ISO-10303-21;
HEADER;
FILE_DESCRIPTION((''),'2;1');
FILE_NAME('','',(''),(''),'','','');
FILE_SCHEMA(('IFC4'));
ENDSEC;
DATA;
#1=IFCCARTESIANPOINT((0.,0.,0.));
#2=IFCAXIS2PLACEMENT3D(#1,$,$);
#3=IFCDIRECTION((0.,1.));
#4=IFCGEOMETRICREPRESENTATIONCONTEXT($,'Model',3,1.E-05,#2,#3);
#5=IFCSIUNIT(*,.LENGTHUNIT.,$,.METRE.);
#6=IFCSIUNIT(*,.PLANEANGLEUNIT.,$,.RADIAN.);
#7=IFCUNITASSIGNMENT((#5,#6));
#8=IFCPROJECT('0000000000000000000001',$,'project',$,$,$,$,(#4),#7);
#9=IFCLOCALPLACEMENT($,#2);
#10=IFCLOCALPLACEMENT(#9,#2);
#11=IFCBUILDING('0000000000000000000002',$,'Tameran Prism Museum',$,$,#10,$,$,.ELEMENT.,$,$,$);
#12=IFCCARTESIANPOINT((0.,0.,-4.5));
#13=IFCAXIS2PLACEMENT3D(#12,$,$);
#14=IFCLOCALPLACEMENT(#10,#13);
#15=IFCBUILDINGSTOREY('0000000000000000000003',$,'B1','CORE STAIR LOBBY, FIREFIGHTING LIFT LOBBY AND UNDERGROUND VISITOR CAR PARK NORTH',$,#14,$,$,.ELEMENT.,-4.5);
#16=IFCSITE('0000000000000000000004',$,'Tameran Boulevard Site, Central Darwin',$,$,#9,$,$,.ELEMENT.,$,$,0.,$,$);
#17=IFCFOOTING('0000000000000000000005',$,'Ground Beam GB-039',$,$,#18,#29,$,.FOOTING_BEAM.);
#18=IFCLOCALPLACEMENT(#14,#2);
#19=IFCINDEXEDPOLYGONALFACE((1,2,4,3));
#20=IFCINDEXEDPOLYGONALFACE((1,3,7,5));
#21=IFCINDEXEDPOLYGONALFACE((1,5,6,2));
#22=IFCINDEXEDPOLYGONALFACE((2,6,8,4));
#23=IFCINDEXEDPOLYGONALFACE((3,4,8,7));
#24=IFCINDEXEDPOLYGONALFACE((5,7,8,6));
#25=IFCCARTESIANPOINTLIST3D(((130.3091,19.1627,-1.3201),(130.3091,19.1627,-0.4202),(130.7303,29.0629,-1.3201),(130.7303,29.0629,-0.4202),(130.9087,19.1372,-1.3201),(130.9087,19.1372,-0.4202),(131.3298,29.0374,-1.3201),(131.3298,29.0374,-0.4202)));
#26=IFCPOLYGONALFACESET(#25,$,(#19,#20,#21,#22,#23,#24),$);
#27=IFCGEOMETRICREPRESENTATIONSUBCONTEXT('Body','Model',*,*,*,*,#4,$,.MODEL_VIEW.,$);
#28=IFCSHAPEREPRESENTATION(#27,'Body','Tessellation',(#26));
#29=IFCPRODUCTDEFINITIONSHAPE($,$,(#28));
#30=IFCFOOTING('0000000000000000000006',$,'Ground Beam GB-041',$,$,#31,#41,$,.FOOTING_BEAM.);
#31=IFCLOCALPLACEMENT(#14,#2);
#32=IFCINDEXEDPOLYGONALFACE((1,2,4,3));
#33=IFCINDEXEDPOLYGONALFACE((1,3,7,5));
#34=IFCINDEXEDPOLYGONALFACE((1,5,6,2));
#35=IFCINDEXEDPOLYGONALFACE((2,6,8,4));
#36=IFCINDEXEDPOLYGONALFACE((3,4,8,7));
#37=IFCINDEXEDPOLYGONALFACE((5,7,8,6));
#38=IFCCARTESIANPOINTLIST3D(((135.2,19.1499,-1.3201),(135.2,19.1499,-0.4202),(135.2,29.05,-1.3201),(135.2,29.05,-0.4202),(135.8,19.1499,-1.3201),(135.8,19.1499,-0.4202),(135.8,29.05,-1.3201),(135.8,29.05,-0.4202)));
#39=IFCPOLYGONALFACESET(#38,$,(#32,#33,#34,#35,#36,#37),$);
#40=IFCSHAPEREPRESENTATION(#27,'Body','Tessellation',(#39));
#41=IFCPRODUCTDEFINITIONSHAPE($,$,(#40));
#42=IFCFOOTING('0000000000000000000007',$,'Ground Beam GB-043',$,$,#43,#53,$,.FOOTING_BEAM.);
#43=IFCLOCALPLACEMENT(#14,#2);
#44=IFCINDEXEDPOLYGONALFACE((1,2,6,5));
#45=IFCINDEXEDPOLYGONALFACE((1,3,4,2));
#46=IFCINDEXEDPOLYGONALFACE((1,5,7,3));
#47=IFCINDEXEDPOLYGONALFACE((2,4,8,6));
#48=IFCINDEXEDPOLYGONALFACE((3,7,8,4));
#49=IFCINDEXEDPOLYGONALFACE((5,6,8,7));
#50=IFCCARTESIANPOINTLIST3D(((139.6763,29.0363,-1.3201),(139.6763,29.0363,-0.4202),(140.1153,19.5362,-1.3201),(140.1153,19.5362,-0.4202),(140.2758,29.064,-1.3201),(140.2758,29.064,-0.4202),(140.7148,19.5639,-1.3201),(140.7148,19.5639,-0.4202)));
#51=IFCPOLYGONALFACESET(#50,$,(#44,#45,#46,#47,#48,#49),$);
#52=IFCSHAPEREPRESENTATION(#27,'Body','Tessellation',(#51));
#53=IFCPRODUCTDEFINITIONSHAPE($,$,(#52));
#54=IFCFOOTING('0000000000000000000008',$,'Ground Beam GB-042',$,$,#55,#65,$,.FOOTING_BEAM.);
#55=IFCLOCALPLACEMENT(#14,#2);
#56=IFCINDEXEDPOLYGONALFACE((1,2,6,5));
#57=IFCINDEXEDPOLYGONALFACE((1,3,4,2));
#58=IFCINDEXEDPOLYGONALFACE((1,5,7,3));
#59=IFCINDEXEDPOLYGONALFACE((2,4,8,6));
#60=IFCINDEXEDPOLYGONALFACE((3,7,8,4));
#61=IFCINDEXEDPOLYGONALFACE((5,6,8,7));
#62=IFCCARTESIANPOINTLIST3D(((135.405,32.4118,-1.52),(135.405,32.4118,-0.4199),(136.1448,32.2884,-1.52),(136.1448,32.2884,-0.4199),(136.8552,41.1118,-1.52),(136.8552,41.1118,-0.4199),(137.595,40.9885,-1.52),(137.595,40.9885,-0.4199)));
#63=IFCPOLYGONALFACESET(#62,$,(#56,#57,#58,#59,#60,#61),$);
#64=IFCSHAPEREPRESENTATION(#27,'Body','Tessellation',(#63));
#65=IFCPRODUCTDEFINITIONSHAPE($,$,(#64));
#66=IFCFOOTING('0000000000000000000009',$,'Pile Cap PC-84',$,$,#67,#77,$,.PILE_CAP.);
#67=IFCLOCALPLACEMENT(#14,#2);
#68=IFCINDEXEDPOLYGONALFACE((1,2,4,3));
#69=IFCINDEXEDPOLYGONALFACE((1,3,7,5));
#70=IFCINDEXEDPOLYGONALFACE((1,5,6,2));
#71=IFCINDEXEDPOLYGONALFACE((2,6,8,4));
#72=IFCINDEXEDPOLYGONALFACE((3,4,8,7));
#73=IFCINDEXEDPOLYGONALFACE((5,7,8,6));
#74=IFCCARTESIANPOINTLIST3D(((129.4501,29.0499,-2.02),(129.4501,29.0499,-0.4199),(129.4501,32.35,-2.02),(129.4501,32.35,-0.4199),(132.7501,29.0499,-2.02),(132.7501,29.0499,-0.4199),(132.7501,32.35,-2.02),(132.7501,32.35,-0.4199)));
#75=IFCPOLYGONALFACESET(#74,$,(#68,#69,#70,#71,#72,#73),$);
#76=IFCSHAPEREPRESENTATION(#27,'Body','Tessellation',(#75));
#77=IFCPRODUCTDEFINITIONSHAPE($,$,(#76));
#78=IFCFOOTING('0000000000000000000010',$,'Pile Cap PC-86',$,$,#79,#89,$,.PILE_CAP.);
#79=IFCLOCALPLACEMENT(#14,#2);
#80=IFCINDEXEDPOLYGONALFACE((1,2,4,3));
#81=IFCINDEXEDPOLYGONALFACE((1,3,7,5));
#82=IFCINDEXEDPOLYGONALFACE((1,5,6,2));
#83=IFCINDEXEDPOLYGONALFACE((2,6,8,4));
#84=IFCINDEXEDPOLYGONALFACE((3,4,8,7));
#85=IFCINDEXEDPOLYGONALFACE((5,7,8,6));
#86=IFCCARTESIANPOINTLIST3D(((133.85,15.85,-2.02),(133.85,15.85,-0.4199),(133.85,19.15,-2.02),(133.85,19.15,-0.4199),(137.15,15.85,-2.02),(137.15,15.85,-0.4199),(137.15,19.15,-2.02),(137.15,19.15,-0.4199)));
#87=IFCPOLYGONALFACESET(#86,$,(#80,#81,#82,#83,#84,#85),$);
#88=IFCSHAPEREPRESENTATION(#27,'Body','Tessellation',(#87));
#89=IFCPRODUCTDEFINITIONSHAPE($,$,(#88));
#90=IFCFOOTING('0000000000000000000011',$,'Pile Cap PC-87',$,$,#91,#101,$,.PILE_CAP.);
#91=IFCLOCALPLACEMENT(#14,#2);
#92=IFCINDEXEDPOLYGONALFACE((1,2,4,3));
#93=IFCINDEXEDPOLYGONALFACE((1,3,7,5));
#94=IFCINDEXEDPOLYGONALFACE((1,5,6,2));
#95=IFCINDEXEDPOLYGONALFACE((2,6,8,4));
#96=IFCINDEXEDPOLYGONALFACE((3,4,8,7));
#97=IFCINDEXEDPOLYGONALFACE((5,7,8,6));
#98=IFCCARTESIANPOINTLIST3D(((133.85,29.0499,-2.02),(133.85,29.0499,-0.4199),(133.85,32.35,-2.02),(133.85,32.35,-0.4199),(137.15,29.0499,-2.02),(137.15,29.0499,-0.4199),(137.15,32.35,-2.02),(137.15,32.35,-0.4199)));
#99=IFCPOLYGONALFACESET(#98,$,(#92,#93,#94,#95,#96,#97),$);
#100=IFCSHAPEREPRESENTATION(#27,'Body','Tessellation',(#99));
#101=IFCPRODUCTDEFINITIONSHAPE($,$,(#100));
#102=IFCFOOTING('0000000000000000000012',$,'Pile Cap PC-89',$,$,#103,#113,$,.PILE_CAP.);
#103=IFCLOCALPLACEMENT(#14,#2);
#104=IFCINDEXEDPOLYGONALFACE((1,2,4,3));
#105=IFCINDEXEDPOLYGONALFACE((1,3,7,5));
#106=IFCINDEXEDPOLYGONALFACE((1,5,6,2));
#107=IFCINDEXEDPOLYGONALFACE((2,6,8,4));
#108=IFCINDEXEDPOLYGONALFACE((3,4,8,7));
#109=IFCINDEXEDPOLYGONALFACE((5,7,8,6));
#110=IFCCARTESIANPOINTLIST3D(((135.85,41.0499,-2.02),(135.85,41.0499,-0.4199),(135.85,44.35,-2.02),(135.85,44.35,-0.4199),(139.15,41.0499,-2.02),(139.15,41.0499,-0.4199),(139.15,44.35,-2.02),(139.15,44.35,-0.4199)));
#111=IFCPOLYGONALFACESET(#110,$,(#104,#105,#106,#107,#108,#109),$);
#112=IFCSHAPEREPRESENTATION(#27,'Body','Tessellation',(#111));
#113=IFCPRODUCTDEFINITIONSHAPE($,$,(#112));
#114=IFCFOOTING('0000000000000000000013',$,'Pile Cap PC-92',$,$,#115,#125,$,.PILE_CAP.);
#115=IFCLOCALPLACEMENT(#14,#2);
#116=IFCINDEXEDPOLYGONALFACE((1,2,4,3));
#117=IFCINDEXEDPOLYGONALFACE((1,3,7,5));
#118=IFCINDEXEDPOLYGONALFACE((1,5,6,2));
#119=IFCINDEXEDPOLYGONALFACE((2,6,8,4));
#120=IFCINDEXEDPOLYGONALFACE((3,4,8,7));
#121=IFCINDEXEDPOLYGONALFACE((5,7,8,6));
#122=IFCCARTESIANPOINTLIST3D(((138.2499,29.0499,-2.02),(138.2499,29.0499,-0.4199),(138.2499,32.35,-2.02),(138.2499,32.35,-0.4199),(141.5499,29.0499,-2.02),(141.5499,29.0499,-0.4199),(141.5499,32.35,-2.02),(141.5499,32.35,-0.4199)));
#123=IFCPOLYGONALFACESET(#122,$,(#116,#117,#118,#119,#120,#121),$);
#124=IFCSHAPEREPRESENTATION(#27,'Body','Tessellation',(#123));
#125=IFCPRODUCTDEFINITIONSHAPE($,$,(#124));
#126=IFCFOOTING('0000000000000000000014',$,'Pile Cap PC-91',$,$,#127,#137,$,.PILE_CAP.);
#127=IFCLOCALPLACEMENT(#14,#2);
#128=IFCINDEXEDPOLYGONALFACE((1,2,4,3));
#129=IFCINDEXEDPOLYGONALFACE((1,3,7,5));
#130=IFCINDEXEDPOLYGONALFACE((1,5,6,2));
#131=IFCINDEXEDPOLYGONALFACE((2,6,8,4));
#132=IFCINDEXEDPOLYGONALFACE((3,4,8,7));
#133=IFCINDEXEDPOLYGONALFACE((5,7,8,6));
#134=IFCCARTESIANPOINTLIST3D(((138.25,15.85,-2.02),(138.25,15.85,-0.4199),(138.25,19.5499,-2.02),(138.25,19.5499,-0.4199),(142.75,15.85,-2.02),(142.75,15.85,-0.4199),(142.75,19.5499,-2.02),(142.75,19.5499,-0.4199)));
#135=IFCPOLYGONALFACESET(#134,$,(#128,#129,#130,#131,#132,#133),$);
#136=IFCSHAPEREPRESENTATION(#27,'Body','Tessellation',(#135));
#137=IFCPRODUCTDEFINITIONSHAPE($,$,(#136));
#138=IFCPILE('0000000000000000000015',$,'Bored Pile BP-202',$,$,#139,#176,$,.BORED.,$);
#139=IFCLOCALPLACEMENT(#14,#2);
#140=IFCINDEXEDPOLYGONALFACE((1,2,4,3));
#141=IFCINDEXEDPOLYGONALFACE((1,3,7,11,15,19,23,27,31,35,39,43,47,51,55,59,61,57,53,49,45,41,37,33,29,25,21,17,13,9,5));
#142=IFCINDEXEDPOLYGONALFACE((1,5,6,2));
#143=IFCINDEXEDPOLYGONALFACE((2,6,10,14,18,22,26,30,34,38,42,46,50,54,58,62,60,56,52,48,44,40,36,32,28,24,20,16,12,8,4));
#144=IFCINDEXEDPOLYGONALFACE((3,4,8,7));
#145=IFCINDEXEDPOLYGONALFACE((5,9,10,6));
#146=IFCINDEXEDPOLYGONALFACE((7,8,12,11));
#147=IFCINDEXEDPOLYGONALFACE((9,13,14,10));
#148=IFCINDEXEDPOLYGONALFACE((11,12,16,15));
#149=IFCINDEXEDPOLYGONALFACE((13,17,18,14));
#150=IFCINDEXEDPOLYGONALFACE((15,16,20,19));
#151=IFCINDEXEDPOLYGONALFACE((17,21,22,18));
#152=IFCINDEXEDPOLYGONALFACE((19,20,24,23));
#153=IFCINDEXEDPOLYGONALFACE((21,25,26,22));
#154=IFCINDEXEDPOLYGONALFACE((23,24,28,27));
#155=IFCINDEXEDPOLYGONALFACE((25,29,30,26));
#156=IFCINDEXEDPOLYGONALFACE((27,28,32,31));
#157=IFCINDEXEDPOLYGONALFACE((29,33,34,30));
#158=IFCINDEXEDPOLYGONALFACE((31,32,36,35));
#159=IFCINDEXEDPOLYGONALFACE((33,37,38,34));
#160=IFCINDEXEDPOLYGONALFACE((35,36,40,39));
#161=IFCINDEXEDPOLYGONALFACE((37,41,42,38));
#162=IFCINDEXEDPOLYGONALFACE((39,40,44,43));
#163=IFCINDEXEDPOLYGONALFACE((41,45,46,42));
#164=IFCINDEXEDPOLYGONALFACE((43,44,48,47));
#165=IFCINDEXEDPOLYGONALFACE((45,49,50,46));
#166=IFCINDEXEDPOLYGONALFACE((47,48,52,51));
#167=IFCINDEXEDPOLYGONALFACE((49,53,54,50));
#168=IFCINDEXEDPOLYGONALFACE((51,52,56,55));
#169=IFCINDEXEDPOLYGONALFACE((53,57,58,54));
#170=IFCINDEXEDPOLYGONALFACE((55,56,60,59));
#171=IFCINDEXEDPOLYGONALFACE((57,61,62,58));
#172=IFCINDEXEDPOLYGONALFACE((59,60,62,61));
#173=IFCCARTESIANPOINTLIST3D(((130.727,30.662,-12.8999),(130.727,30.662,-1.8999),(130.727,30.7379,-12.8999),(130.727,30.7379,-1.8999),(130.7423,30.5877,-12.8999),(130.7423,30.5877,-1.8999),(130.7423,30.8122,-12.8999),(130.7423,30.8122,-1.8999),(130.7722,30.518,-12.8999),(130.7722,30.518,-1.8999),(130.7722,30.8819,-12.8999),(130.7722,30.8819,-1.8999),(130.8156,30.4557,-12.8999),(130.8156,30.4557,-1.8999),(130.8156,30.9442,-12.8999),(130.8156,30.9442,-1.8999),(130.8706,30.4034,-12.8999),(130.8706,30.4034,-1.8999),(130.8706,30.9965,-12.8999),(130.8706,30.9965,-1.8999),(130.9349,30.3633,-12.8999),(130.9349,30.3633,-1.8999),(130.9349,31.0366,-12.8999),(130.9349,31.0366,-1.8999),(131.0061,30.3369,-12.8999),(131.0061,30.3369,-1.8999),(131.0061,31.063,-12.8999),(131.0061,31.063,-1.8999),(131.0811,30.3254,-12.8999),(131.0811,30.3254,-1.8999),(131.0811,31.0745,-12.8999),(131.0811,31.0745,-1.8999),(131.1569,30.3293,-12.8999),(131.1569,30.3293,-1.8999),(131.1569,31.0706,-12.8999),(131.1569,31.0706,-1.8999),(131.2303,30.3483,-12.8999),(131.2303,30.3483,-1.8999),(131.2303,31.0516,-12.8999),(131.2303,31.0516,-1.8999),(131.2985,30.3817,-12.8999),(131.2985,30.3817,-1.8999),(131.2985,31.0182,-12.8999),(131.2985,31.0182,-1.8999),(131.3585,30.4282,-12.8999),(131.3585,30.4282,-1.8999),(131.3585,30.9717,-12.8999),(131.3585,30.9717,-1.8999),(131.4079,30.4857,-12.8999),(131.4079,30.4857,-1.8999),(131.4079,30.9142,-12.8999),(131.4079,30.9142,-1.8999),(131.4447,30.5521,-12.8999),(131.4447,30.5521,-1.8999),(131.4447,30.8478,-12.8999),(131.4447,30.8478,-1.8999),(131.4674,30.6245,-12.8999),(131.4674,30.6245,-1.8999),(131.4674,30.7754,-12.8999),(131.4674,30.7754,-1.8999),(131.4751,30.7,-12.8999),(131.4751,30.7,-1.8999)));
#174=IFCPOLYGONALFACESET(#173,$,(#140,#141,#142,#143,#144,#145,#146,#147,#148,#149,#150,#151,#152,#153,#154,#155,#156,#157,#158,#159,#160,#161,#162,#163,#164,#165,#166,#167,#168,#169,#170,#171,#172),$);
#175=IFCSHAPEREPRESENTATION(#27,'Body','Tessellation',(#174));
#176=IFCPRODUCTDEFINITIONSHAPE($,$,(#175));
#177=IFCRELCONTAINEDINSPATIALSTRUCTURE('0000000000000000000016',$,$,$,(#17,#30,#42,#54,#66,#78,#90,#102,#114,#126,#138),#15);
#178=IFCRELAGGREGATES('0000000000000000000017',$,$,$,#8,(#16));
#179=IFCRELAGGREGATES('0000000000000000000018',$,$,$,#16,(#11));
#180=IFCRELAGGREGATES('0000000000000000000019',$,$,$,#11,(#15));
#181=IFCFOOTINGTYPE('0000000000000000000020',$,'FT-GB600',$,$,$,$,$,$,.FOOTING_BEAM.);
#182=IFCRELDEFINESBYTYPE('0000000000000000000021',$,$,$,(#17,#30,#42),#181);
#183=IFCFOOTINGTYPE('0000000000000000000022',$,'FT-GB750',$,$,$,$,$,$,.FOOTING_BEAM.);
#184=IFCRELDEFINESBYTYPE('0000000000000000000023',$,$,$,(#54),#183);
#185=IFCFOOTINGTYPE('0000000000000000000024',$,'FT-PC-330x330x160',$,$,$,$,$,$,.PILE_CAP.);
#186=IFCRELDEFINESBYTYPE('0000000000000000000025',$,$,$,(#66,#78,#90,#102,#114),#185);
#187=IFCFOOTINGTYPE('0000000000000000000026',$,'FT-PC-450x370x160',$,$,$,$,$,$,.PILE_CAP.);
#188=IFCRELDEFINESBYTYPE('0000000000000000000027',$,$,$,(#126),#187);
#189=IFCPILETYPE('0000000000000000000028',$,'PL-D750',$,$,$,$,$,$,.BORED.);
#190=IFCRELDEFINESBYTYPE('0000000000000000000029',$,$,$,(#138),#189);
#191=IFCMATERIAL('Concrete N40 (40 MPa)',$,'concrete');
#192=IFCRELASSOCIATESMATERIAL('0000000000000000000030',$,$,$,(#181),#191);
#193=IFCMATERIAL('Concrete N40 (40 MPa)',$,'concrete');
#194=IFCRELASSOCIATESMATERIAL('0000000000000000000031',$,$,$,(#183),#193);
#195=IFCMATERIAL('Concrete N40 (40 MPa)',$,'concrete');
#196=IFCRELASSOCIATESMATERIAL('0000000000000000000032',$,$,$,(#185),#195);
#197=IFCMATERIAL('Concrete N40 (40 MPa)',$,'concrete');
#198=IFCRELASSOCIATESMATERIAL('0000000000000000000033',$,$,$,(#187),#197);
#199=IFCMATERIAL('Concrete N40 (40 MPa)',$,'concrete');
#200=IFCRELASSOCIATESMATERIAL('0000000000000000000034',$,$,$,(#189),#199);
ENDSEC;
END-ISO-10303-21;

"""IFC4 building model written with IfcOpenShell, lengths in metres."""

from ifc_helpers import new_model, si_unit, direction, frame, origin, origin_2d, place, context, subcontext, project, spatial, rectangle, circle, extrude, material, material_profile, profile_set, type_object, element, save


model = new_model("IFC4")

# Units and contexts
model_context = context("Model", 3, precision=1e-05, world=origin(), true_north=direction((0.0, 1.0)))
body_context = subcontext(model_context, "Body", "Model", "MODEL_VIEW")
ifc_project = project(units=[si_unit("LENGTHUNIT", "METRE"), si_unit("PLANEANGLEUNIT", "RADIAN")], contexts=[model_context])

# Site, building, storey
site_placement = place(None, origin())
site = spatial("IfcSite", under=ifc_project, at=site_placement, Name="Tameran Boulevard Site, Central Darwin", CompositionType="ELEMENT", RefElevation=0.0)
building_placement = place(site_placement, origin())
building = spatial("IfcBuilding", under=site, at=building_placement, Name="Tameran Prism Museum", CompositionType="ELEMENT")
storey_placement = place(building_placement, frame((0.0, 0.0, -4.5)))
storey = spatial("IfcBuildingStorey", under=building, at=storey_placement, Name="B1", Description="CORE STAIR LOBBY, FIREFIGHTING LIFT LOBBY AND UNDERGROUND VISITOR CAR PARK NORTH", CompositionType="ELEMENT", Elevation=-4.5)

# Footings
ifc_material_1 = material(Name="Concrete N40 (40 MPa)", Category="concrete")
ifc_material_profile_1 = material_profile(ifc_material_1, rectangle(XDim=0.6001, YDim=0.8999, at=origin_2d()))
ifc_profile_set_1 = profile_set([ifc_material_profile_1])
footing_type_1 = type_object("IfcFootingType", Name="FT-GB600", PredefinedType="FOOTING_BEAM", material=ifc_profile_set_1)
footing_1_placement = place(storey_placement, frame((130.6089, 19.1499, -0.8701), z_axis=(0.042501, 0.999096, 0.0), x_axis=(-0.999096, 0.042501, 0.0)))
element("IfcFooting", 1, at=footing_1_placement, inside=storey, type_object=footing_type_1, Name="Ground Beam GB-039", PredefinedType="FOOTING_BEAM", context=body_context, shape_type="SweptSolid", body=[
    extrude(rectangle(XDim=0.6001, YDim=0.8999, at=origin_2d()), origin(), (0.0, 0.0, 1.0), 9.9092),
])
footing_2_placement = place(storey_placement, frame((135.5, 19.1499, -0.8701), z_axis=(0.0, 1.0, 0.0), x_axis=(-1.0, 0.0, 0.0)))
element("IfcFooting", 2, at=footing_2_placement, inside=storey, type_object=footing_type_1, Name="Ground Beam GB-041", PredefinedType="FOOTING_BEAM", context=body_context, shape_type="SweptSolid", body=[
    extrude(rectangle(XDim=0.6001, YDim=0.8999, at=origin_2d()), origin(), (0.0, 0.0, 1.0), 9.9001),
])
footing_3_placement = place(storey_placement, frame((140.415, 19.55, -0.8701), z_axis=(-0.046158, 0.998934, 0.0), x_axis=(-0.998934, -0.046158, 0.0)))
element("IfcFooting", 3, at=footing_3_placement, inside=storey, type_object=footing_type_1, Name="Ground Beam GB-043", PredefinedType="FOOTING_BEAM", context=body_context, shape_type="SweptSolid", body=[
    extrude(rectangle(XDim=0.6001, YDim=0.8999, at=origin_2d()), origin(), (0.0, 0.0, 1.0), 9.5103),
])
ifc_material_2 = material(Name="Concrete N40 (40 MPa)", Category="concrete")
ifc_material_profile_2 = material_profile(ifc_material_2, rectangle(XDim=0.75, YDim=1.1001, at=origin_2d()))
ifc_profile_set_2 = profile_set([ifc_material_profile_2])
footing_type_2 = type_object("IfcFootingType", Name="FT-GB750", PredefinedType="FOOTING_BEAM", material=ifc_profile_set_2)
footing_4_placement = place(storey_placement, frame((135.7749, 32.3501, -0.97), z_axis=(0.164421, 0.98639, 0.0), x_axis=(-0.98639, 0.164421, 0.0)))
element("IfcFooting", 4, at=footing_4_placement, inside=storey, type_object=footing_type_2, Name="Ground Beam GB-042", PredefinedType="FOOTING_BEAM", context=body_context, shape_type="SweptSolid", body=[
    extrude(rectangle(XDim=0.75, YDim=1.1001, at=origin_2d()), origin(), (0.0, 0.0, 1.0), 8.8201),
])
ifc_material_3 = material(Name="Concrete N40 (40 MPa)", Category="concrete")
footing_type_3 = type_object("IfcFootingType", Name="FT-PC-330x330x160", PredefinedType="PILE_CAP", material=ifc_material_3)
for number, where, z_axis, x_axis, name in (
    (5, (131.1001, 30.7, -2.02), (0.0, 0.0, 1.0), (1.0, 0.0, 0.0), "Pile Cap PC-84"),
    (6, (135.5, 17.5, -2.02), (0.0, 0.0, 1.0), (1.0, 0.0, 0.0), "Pile Cap PC-86"),
    (7, (135.5, 30.7, -2.02), (0.0, 0.0, 1.0), (1.0, 0.0, 0.0), "Pile Cap PC-87"),
    (8, (137.5, 42.7, -2.02), (0.0, 0.0, 1.0), (1.0, 0.0, 0.0), "Pile Cap PC-89"),
    (9, (139.8999, 30.7, -2.02), (0.0, 0.0, 1.0), (1.0, 0.0, 0.0), "Pile Cap PC-92"),
):
    element("IfcFooting", number, at=place(storey_placement, frame(where, z_axis=z_axis, x_axis=x_axis)), inside=storey, type_object=footing_type_3, Name=name, PredefinedType="PILE_CAP", context=body_context, shape_type="SweptSolid", body=[
        extrude(rectangle(XDim=3.3, YDim=3.3, at=origin_2d()), origin(), (0.0, 0.0, 1.0), 1.6001),
    ])
ifc_material_4 = material(Name="Concrete N40 (40 MPa)", Category="concrete")
footing_type_4 = type_object("IfcFootingType", Name="FT-PC-450x370x160", PredefinedType="PILE_CAP", material=ifc_material_4)
footing_5_placement = place(storey_placement, frame((140.5, 17.7, -2.02), z_axis=(0.0, 0.0, 1.0), x_axis=(1.0, 0.0, 0.0)))
element("IfcFooting", 10, at=footing_5_placement, inside=storey, type_object=footing_type_4, Name="Pile Cap PC-91", PredefinedType="PILE_CAP", context=body_context, shape_type="SweptSolid", body=[
    extrude(rectangle(XDim=4.5, YDim=3.7, at=origin_2d()), origin(), (0.0, 0.0, 1.0), 1.6001),
])

# Pile
ifc_material_5 = material(Name="Concrete N40 (40 MPa)", Category="concrete")
ifc_material_profile_3 = material_profile(ifc_material_5, circle(Radius=0.375, at=origin_2d()))
ifc_profile_set_3 = profile_set([ifc_material_profile_3])
pile_type_1 = type_object("IfcPileType", Name="PL-D750", PredefinedType="BORED", material=ifc_profile_set_3)
for number, where, z_axis, x_axis, name in (
    (11, (131.1001, 30.7, -1.8999), (0.0, 0.0, -1.0), (1.0, 0.0, 0.0), "Bored Pile BP-202"),
):
    element("IfcPile", number, at=place(storey_placement, frame(where, z_axis=z_axis, x_axis=x_axis)), inside=storey, type_object=pile_type_1, Name=name, PredefinedType="BORED", context=body_context, shape_type="SweptSolid", body=[
        extrude(circle(Radius=0.375, at=origin_2d()), origin(), (0.0, 0.0, 1.0), 11.0),
    ])

save(model, "model.ifc")
